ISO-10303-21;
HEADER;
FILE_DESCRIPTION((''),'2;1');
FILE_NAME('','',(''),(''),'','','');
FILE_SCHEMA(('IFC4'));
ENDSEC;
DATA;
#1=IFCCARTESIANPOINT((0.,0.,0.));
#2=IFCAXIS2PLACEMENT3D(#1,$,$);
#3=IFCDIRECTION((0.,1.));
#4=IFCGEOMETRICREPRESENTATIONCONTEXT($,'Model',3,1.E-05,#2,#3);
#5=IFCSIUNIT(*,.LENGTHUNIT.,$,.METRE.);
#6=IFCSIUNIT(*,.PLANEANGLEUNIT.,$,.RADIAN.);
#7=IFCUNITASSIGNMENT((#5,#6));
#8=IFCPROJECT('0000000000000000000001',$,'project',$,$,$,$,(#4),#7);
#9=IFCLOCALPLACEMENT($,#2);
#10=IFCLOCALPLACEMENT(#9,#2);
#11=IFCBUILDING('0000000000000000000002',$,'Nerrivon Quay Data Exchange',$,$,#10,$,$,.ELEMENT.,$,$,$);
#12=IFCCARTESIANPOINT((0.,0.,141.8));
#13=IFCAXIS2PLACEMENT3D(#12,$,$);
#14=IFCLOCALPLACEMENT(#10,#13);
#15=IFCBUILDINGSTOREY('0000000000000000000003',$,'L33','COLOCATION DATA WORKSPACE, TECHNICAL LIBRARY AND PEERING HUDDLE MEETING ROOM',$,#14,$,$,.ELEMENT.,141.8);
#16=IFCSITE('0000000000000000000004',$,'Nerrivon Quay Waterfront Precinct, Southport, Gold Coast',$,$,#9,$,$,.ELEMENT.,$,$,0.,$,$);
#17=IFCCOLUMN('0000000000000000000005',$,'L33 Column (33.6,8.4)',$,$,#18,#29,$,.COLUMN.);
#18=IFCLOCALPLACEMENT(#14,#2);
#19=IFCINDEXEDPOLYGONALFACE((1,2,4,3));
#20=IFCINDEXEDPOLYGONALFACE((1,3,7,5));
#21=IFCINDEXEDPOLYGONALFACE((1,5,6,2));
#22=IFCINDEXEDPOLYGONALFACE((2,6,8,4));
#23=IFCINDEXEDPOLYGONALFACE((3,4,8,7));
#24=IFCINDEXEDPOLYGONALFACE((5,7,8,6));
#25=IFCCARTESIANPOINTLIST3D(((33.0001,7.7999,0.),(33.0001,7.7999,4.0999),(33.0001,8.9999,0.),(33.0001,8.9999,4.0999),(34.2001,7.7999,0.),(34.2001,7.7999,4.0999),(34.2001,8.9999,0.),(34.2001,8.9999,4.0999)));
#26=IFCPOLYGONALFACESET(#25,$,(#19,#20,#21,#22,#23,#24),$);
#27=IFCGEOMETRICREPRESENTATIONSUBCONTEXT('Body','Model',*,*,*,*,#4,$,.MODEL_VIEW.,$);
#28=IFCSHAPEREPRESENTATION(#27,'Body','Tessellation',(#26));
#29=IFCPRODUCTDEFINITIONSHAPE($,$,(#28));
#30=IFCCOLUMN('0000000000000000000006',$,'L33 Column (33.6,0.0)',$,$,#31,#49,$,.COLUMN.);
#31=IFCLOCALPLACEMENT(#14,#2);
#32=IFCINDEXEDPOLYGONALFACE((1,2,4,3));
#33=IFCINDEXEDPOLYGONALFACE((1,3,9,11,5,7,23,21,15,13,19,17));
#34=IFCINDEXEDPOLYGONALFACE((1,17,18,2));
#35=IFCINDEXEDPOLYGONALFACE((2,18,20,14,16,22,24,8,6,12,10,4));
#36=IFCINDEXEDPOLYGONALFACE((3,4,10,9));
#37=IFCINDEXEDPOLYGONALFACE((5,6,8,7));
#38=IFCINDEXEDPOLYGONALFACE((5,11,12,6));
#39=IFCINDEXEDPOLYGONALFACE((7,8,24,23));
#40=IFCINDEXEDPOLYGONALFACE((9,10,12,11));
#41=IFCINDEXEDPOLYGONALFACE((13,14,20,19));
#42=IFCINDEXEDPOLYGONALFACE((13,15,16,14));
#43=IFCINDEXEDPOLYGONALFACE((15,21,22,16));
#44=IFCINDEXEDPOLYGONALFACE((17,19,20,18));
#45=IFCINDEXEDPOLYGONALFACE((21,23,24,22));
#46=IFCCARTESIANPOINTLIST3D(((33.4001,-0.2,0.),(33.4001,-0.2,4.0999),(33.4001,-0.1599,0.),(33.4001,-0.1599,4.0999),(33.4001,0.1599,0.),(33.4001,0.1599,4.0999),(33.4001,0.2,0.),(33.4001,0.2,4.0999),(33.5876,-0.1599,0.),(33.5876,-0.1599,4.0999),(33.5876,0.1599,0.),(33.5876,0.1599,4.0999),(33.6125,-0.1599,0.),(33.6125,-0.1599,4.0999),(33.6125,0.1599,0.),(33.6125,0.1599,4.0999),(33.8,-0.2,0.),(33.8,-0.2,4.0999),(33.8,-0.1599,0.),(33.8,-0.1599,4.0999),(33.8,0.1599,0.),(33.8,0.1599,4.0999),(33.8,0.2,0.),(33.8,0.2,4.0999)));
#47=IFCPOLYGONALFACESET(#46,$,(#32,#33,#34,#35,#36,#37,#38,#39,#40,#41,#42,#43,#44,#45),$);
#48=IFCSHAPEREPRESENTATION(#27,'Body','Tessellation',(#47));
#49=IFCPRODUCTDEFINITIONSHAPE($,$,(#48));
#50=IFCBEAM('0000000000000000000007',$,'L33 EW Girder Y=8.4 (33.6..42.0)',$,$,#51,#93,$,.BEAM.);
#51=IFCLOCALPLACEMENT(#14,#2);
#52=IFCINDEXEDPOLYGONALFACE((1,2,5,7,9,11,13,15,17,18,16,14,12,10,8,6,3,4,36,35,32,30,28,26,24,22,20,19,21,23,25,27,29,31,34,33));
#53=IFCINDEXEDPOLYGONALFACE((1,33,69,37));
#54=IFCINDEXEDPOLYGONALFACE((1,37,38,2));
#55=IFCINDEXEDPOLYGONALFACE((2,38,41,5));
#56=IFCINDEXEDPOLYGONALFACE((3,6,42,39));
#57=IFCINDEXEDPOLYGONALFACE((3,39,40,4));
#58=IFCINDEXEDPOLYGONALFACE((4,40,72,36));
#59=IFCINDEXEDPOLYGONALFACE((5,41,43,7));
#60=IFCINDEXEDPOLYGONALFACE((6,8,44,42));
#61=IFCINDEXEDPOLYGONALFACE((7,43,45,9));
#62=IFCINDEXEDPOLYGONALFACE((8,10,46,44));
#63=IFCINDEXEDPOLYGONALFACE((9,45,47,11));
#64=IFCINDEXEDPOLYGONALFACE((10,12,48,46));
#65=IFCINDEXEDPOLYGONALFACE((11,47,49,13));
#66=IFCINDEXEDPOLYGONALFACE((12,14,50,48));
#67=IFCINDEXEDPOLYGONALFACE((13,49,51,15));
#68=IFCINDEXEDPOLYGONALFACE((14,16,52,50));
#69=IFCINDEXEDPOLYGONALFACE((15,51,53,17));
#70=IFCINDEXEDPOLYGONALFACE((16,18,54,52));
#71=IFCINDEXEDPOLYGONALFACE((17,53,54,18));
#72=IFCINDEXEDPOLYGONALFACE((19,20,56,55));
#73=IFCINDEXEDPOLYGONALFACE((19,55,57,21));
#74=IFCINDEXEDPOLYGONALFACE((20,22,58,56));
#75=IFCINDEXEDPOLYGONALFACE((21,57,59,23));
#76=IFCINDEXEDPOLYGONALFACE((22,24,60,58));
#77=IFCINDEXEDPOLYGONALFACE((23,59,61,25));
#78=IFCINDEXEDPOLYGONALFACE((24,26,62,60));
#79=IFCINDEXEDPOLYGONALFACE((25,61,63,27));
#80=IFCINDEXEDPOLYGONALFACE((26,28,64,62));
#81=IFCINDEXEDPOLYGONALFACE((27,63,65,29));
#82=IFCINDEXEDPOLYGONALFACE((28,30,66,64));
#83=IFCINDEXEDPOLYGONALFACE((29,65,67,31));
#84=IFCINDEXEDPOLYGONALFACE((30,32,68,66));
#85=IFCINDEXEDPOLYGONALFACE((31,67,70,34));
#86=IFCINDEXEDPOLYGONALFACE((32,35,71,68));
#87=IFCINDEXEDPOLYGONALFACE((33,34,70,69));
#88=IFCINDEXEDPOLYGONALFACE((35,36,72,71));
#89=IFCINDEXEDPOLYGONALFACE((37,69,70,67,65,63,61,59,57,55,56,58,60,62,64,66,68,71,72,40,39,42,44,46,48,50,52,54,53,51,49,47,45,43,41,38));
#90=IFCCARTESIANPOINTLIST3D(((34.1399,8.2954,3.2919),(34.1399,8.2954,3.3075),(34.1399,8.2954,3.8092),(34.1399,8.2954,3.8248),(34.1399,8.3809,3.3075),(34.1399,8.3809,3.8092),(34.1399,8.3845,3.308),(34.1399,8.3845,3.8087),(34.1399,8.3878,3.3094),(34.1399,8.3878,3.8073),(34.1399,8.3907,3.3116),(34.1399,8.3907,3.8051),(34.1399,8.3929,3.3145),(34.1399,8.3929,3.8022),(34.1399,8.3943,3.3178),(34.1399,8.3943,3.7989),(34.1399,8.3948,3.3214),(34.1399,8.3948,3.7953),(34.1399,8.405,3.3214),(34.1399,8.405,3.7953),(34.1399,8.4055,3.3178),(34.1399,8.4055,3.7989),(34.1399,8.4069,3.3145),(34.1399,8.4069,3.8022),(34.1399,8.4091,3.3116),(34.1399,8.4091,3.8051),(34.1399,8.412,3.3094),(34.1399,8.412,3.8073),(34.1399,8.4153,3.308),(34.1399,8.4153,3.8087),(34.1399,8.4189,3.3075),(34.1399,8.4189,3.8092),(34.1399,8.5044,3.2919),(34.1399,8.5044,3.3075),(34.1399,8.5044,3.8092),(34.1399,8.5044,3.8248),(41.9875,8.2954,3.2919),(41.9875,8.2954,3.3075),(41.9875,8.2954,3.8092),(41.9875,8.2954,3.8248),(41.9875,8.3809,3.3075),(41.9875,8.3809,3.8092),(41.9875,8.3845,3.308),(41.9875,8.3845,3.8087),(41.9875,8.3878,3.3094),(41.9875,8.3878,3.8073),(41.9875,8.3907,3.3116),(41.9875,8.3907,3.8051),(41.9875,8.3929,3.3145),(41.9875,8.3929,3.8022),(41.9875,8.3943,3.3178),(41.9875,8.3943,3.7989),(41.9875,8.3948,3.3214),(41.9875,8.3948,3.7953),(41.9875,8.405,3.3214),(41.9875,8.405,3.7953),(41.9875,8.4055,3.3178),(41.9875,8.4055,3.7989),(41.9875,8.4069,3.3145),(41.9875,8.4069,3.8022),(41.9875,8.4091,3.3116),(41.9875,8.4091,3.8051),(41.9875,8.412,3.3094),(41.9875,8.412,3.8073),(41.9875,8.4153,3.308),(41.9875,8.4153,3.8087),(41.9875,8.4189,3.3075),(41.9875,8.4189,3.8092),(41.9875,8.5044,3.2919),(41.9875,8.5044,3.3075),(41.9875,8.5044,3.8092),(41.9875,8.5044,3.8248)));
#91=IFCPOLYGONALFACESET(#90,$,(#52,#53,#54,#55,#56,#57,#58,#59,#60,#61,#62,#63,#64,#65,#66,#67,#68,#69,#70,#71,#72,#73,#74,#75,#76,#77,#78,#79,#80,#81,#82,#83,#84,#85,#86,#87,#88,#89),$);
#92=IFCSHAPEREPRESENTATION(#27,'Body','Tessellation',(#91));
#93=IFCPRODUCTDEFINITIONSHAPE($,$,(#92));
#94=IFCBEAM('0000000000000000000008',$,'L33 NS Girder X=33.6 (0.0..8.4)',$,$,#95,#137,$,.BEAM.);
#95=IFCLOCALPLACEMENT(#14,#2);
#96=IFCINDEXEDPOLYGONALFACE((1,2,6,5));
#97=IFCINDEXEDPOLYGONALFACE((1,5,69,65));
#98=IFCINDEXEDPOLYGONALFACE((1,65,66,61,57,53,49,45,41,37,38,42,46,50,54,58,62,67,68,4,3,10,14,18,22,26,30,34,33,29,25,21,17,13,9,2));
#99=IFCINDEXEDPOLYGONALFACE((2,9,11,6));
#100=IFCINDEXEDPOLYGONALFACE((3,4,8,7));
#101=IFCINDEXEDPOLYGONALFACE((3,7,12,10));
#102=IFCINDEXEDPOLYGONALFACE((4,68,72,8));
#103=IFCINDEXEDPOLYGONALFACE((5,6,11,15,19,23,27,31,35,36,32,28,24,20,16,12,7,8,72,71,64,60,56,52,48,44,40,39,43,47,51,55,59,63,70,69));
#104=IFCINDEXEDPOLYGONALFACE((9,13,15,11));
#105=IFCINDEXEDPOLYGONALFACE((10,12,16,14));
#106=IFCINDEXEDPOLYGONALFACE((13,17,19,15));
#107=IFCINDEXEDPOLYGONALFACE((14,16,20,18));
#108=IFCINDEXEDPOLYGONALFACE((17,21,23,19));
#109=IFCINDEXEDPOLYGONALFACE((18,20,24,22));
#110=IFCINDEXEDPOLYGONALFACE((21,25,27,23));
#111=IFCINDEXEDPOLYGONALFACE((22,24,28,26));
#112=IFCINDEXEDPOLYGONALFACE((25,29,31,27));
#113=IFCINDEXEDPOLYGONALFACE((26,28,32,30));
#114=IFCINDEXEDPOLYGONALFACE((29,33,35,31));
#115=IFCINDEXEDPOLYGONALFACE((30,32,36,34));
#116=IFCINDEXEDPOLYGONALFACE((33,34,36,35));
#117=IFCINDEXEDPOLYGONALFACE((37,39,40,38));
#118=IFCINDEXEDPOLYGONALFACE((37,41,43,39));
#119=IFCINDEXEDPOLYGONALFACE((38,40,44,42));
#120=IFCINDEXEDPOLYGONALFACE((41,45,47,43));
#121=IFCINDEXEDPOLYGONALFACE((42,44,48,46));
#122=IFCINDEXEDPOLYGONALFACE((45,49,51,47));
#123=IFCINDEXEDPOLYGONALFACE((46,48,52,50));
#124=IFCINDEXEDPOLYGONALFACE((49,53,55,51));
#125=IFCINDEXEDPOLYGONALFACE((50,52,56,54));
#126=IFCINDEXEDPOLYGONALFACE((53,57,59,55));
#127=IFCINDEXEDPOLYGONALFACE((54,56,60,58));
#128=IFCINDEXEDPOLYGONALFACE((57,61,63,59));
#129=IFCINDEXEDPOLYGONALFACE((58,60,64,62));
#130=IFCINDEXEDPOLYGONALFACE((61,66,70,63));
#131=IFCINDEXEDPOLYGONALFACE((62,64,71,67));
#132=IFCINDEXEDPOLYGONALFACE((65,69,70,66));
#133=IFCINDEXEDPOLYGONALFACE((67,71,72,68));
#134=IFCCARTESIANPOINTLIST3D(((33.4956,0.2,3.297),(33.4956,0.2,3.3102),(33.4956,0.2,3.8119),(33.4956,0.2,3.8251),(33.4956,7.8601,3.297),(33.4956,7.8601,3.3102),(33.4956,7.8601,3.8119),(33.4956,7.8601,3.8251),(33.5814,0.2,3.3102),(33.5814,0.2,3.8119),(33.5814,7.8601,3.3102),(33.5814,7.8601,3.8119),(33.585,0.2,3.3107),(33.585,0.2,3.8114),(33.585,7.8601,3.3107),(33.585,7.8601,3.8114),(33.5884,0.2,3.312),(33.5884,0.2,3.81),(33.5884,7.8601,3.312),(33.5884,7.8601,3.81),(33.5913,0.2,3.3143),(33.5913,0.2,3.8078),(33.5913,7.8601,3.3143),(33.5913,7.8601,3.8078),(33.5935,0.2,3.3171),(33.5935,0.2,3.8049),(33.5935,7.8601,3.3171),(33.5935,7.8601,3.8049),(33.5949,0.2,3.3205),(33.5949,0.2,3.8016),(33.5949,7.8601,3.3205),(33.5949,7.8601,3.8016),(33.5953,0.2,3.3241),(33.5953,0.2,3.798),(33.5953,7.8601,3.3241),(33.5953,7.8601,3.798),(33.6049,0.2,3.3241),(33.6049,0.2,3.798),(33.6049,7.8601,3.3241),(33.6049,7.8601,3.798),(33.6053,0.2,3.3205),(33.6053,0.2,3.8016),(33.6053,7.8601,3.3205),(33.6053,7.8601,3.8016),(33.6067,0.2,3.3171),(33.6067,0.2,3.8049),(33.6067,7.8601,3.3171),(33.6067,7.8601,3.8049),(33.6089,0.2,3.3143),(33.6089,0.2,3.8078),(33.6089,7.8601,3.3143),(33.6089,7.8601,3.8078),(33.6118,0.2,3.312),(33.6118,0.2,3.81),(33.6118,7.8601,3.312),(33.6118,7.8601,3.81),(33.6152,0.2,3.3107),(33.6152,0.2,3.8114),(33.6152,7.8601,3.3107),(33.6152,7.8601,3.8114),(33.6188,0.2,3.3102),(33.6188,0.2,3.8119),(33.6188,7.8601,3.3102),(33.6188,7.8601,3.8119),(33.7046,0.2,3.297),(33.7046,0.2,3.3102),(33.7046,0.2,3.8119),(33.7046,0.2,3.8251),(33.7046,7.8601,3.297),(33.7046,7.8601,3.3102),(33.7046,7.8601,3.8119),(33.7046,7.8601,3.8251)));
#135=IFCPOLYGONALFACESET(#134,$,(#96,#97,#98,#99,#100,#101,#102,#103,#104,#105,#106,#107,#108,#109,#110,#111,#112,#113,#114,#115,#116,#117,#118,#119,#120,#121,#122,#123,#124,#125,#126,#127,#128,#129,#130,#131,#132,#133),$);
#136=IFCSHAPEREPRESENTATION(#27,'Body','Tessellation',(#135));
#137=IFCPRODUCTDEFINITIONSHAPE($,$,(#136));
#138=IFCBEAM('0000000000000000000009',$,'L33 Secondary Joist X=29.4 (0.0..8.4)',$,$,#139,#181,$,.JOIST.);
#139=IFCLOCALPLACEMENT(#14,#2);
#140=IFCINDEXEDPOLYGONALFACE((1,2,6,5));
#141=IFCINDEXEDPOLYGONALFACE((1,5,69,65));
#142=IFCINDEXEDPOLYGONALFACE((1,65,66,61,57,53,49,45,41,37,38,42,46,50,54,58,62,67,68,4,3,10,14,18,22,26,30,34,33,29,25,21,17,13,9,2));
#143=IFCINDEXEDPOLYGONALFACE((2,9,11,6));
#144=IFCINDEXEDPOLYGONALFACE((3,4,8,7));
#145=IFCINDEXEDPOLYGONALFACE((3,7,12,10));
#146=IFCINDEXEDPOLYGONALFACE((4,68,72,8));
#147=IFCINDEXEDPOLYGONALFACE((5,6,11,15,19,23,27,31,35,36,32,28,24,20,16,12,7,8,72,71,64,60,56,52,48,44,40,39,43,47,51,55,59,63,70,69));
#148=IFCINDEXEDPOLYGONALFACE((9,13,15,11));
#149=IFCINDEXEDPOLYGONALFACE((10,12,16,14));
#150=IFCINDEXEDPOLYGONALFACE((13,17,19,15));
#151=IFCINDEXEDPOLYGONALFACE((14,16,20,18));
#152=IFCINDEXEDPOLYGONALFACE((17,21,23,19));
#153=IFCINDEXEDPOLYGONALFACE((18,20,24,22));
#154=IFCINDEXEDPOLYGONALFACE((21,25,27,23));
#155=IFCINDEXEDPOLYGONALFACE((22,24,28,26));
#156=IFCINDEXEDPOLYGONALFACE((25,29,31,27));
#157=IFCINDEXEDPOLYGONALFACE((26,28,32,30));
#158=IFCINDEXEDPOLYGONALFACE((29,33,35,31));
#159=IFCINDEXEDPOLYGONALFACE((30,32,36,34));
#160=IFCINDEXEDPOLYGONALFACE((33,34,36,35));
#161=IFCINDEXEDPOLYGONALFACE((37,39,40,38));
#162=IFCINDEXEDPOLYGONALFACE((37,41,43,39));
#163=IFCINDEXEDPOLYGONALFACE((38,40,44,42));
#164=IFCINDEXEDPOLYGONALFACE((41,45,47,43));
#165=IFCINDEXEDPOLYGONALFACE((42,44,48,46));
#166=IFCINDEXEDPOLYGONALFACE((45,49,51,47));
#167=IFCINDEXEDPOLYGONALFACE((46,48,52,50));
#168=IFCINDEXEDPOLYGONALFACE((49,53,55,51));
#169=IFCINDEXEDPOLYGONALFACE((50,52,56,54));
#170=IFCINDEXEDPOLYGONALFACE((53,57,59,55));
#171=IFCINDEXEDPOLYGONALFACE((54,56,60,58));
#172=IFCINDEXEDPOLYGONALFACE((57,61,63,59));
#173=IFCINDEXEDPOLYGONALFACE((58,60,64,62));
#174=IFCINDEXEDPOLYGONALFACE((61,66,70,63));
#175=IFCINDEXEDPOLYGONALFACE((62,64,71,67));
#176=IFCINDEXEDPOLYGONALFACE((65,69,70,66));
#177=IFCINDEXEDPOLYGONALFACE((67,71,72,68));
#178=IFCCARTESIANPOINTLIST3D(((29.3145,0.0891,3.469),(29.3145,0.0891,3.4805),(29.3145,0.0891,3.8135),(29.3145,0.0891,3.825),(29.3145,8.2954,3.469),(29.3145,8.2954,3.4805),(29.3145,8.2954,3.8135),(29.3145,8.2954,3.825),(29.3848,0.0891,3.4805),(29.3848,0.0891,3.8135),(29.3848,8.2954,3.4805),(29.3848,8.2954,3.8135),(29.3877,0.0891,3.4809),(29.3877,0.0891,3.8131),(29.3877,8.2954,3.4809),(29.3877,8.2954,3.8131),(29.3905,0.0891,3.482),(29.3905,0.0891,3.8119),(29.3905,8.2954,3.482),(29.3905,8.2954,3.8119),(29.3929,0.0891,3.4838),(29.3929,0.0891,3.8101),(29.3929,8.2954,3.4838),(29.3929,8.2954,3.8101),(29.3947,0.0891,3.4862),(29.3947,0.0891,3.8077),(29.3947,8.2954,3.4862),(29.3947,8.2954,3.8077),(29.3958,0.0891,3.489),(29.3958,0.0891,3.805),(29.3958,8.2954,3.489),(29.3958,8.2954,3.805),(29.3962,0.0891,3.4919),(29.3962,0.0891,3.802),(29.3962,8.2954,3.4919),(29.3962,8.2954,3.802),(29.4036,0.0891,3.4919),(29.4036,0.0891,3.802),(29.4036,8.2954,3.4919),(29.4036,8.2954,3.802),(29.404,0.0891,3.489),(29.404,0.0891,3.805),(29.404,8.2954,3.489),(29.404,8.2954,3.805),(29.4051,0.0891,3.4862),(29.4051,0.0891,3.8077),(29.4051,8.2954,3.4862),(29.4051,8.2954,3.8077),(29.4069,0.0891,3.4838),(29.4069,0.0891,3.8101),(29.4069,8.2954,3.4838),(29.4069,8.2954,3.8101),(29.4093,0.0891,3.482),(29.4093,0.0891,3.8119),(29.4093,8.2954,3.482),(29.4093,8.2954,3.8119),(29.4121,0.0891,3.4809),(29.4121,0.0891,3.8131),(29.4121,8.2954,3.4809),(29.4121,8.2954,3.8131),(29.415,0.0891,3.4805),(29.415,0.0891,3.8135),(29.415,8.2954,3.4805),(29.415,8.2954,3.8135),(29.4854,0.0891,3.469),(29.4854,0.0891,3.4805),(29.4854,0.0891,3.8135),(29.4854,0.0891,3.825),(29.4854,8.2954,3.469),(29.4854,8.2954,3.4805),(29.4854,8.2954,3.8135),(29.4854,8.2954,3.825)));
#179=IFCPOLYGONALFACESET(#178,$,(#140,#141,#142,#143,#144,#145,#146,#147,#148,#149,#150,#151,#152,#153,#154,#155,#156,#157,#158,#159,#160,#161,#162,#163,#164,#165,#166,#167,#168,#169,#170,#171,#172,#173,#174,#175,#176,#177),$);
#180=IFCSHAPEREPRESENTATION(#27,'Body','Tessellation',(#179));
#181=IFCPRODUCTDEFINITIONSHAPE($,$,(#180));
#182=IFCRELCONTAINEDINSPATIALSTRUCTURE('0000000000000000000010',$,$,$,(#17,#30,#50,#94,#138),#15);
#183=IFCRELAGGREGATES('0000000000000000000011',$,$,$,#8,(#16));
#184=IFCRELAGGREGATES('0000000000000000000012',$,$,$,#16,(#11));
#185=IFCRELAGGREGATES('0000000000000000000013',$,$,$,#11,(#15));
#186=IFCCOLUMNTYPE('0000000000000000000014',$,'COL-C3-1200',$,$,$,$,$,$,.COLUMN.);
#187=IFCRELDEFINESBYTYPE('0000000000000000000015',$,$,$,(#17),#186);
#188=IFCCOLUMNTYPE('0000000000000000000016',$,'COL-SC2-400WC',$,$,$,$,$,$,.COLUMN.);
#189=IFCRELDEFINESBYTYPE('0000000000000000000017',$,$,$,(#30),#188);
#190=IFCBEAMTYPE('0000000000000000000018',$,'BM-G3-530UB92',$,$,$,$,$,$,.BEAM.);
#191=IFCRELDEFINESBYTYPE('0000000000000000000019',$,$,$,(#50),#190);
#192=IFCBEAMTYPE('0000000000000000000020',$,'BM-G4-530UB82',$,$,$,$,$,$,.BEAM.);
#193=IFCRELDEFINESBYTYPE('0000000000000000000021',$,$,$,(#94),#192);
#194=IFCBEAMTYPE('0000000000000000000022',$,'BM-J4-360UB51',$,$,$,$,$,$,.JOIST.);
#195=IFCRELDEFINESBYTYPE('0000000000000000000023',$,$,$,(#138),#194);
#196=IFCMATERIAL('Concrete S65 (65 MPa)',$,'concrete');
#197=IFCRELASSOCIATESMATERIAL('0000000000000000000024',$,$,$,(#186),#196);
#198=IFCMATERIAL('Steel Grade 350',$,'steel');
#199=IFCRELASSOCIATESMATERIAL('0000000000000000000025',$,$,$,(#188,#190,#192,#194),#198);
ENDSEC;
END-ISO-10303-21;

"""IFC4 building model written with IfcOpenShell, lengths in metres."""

from ifc_helpers import new_model, si_unit, direction, frame, origin, origin_2d, place, context, subcontext, project, spatial, rectangle, i_section, extrude, material, material_profile, profile_set, type_object, element, save


model = new_model("IFC4")

# Units and contexts
model_context = context("Model", 3, precision=1e-05, world=origin(), true_north=direction((0.0, 1.0)))
body_context = subcontext(model_context, "Body", "Model", "MODEL_VIEW")
ifc_project = project(units=[si_unit("LENGTHUNIT", "METRE"), si_unit("PLANEANGLEUNIT", "RADIAN")], contexts=[model_context])

# Site, building, storey
site_placement = place(None, origin())
site = spatial("IfcSite", under=ifc_project, at=site_placement, Name="Nerrivon Quay Waterfront Precinct, Southport, Gold Coast", CompositionType="ELEMENT", RefElevation=0.0)
building_placement = place(site_placement, origin())
building = spatial("IfcBuilding", under=site, at=building_placement, Name="Nerrivon Quay Data Exchange", CompositionType="ELEMENT")
storey_placement = place(building_placement, frame((0.0, 0.0, 141.8)))
storey = spatial("IfcBuildingStorey", under=building, at=storey_placement, Name="L33", Description="COLOCATION DATA WORKSPACE, TECHNICAL LIBRARY AND PEERING HUDDLE MEETING ROOM", CompositionType="ELEMENT", Elevation=141.8)

# Columns
ifc_material_1 = material(Name="Concrete S65 (65 MPa)", Category="concrete")
ifc_material_profile_1 = material_profile(ifc_material_1, rectangle(XDim=1.2, YDim=1.2, at=origin_2d()), Name="RC-COL-1200x1200")
ifc_profile_set_1 = profile_set([ifc_material_profile_1], Name="Concrete S65 (65 MPa)")
column_type_1 = type_object("IfcColumnType", Name="COL-C3-1200", PredefinedType="COLUMN", material=ifc_profile_set_1)
column_1_placement = place(storey_placement, frame((33.6001, 8.3999, 0.0), z_axis=(0.0, 0.0, 1.0), x_axis=(1.0, 0.0, 0.0)))
element("IfcColumn", 1, at=column_1_placement, inside=storey, type_object=column_type_1, Name="L33 Column (33.6,8.4)", PredefinedType="COLUMN", context=body_context, shape_type="SweptSolid", body=[
    extrude(rectangle(XDim=1.2, YDim=1.2, at=origin_2d()), origin(), (0.0, 0.0, 1.0), 4.0999),
])
ifc_material_2 = material(Name="Steel Grade 350", Category="steel")
ifc_material_profile_2 = material_profile(ifc_material_2, i_section(OverallWidth=0.3999, OverallDepth=0.3999, WebThickness=0.0249, FlangeThickness=0.04, at=origin_2d()), Name="400WC328")
ifc_profile_set_2 = profile_set([ifc_material_profile_2], Name="Steel Grade 350")
column_type_2 = type_object("IfcColumnType", Name="COL-SC2-400WC", PredefinedType="COLUMN", material=ifc_profile_set_2)
column_2_placement = place(storey_placement, frame((33.6001, 0.0, 0.0), z_axis=(0.0, 0.0, 1.0), x_axis=(1.0, 0.0, 0.0)))
element("IfcColumn", 2, at=column_2_placement, inside=storey, type_object=column_type_2, Name="L33 Column (33.6,0.0)", PredefinedType="COLUMN", context=body_context, shape_type="SweptSolid", body=[
    extrude(i_section(OverallWidth=0.3999, OverallDepth=0.3999, WebThickness=0.0249, FlangeThickness=0.04, at=origin_2d()), origin(), (0.0, 0.0, 1.0), 4.0999),
])

# Beams
ifc_material_profile_3 = material_profile(ifc_material_2, i_section(OverallWidth=0.209, OverallDepth=0.533, WebThickness=0.0103, FlangeThickness=0.0156, FilletRadius=0.0139, at=origin_2d()), Name="530UB92.4")
ifc_profile_set_3 = profile_set([ifc_material_profile_3], Name="Steel Grade 350")
beam_type_1 = type_object("IfcBeamType", Name="BM-G3-530UB92", PredefinedType="BEAM", material=ifc_profile_set_3)
beam_1_placement = place(storey_placement, frame((34.1399, 8.3999, 3.5583), z_axis=(1.0, 0.0, 0.0), x_axis=(0.0, 1.0, 0.0)))
element("IfcBeam", 3, at=beam_1_placement, inside=storey, type_object=beam_type_1, Name="L33 EW Girder Y=8.4 (33.6..42.0)", PredefinedType="BEAM", context=body_context, shape_type="SweptSolid", body=[
    extrude(i_section(OverallWidth=0.209, OverallDepth=0.533, WebThickness=0.0103, FlangeThickness=0.0156, FilletRadius=0.0139, at=origin_2d()), origin(), (0.0, 0.0, 1.0), 7.8477),
])
ifc_material_profile_4 = material_profile(ifc_material_2, i_section(OverallWidth=0.209, OverallDepth=0.5281, WebThickness=0.0095, FlangeThickness=0.0132, FilletRadius=0.0139, at=origin_2d()), Name="530UB82.0")
ifc_profile_set_4 = profile_set([ifc_material_profile_4], Name="Steel Grade 350")
beam_type_2 = type_object("IfcBeamType", Name="BM-G4-530UB82", PredefinedType="BEAM", material=ifc_profile_set_4)
beam_2_placement = place(storey_placement, frame((33.6001, 0.2, 3.561), z_axis=(0.0, 1.0, 0.0), x_axis=(-1.0, 0.0, 0.0)))
element("IfcBeam", 4, at=beam_2_placement, inside=storey, type_object=beam_type_2, Name="L33 NS Girder X=33.6 (0.0..8.4)", PredefinedType="BEAM", context=body_context, shape_type="SweptSolid", body=[
    extrude(i_section(OverallWidth=0.209, OverallDepth=0.5281, WebThickness=0.0095, FlangeThickness=0.0132, FilletRadius=0.0139, at=origin_2d()), origin(), (0.0, 0.0, 1.0), 7.6602),
])
ifc_material_profile_5 = material_profile(ifc_material_2, i_section(OverallWidth=0.1709, OverallDepth=0.356, WebThickness=0.0073, FlangeThickness=0.0115, FilletRadius=0.0115, at=origin_2d()), Name="360UB50.7")
ifc_profile_set_5 = profile_set([ifc_material_profile_5], Name="Steel Grade 350")
beam_type_3 = type_object("IfcBeamType", Name="BM-J4-360UB51", PredefinedType="JOIST", material=ifc_profile_set_5)
beam_3_placement = place(storey_placement, frame((29.3999, 0.0891, 3.647), z_axis=(0.0, 1.0, 0.0), x_axis=(-1.0, 0.0, 0.0)))
element("IfcBeam", 5, at=beam_3_placement, inside=storey, type_object=beam_type_3, Name="L33 Secondary Joist X=29.4 (0.0..8.4)", PredefinedType="JOIST", context=body_context, shape_type="SweptSolid", body=[
    extrude(i_section(OverallWidth=0.1709, OverallDepth=0.356, WebThickness=0.0073, FlangeThickness=0.0115, FilletRadius=0.0115, at=origin_2d()), origin(), (0.0, 0.0, 1.0), 8.2063),
])

save(model, "model.ifc")
